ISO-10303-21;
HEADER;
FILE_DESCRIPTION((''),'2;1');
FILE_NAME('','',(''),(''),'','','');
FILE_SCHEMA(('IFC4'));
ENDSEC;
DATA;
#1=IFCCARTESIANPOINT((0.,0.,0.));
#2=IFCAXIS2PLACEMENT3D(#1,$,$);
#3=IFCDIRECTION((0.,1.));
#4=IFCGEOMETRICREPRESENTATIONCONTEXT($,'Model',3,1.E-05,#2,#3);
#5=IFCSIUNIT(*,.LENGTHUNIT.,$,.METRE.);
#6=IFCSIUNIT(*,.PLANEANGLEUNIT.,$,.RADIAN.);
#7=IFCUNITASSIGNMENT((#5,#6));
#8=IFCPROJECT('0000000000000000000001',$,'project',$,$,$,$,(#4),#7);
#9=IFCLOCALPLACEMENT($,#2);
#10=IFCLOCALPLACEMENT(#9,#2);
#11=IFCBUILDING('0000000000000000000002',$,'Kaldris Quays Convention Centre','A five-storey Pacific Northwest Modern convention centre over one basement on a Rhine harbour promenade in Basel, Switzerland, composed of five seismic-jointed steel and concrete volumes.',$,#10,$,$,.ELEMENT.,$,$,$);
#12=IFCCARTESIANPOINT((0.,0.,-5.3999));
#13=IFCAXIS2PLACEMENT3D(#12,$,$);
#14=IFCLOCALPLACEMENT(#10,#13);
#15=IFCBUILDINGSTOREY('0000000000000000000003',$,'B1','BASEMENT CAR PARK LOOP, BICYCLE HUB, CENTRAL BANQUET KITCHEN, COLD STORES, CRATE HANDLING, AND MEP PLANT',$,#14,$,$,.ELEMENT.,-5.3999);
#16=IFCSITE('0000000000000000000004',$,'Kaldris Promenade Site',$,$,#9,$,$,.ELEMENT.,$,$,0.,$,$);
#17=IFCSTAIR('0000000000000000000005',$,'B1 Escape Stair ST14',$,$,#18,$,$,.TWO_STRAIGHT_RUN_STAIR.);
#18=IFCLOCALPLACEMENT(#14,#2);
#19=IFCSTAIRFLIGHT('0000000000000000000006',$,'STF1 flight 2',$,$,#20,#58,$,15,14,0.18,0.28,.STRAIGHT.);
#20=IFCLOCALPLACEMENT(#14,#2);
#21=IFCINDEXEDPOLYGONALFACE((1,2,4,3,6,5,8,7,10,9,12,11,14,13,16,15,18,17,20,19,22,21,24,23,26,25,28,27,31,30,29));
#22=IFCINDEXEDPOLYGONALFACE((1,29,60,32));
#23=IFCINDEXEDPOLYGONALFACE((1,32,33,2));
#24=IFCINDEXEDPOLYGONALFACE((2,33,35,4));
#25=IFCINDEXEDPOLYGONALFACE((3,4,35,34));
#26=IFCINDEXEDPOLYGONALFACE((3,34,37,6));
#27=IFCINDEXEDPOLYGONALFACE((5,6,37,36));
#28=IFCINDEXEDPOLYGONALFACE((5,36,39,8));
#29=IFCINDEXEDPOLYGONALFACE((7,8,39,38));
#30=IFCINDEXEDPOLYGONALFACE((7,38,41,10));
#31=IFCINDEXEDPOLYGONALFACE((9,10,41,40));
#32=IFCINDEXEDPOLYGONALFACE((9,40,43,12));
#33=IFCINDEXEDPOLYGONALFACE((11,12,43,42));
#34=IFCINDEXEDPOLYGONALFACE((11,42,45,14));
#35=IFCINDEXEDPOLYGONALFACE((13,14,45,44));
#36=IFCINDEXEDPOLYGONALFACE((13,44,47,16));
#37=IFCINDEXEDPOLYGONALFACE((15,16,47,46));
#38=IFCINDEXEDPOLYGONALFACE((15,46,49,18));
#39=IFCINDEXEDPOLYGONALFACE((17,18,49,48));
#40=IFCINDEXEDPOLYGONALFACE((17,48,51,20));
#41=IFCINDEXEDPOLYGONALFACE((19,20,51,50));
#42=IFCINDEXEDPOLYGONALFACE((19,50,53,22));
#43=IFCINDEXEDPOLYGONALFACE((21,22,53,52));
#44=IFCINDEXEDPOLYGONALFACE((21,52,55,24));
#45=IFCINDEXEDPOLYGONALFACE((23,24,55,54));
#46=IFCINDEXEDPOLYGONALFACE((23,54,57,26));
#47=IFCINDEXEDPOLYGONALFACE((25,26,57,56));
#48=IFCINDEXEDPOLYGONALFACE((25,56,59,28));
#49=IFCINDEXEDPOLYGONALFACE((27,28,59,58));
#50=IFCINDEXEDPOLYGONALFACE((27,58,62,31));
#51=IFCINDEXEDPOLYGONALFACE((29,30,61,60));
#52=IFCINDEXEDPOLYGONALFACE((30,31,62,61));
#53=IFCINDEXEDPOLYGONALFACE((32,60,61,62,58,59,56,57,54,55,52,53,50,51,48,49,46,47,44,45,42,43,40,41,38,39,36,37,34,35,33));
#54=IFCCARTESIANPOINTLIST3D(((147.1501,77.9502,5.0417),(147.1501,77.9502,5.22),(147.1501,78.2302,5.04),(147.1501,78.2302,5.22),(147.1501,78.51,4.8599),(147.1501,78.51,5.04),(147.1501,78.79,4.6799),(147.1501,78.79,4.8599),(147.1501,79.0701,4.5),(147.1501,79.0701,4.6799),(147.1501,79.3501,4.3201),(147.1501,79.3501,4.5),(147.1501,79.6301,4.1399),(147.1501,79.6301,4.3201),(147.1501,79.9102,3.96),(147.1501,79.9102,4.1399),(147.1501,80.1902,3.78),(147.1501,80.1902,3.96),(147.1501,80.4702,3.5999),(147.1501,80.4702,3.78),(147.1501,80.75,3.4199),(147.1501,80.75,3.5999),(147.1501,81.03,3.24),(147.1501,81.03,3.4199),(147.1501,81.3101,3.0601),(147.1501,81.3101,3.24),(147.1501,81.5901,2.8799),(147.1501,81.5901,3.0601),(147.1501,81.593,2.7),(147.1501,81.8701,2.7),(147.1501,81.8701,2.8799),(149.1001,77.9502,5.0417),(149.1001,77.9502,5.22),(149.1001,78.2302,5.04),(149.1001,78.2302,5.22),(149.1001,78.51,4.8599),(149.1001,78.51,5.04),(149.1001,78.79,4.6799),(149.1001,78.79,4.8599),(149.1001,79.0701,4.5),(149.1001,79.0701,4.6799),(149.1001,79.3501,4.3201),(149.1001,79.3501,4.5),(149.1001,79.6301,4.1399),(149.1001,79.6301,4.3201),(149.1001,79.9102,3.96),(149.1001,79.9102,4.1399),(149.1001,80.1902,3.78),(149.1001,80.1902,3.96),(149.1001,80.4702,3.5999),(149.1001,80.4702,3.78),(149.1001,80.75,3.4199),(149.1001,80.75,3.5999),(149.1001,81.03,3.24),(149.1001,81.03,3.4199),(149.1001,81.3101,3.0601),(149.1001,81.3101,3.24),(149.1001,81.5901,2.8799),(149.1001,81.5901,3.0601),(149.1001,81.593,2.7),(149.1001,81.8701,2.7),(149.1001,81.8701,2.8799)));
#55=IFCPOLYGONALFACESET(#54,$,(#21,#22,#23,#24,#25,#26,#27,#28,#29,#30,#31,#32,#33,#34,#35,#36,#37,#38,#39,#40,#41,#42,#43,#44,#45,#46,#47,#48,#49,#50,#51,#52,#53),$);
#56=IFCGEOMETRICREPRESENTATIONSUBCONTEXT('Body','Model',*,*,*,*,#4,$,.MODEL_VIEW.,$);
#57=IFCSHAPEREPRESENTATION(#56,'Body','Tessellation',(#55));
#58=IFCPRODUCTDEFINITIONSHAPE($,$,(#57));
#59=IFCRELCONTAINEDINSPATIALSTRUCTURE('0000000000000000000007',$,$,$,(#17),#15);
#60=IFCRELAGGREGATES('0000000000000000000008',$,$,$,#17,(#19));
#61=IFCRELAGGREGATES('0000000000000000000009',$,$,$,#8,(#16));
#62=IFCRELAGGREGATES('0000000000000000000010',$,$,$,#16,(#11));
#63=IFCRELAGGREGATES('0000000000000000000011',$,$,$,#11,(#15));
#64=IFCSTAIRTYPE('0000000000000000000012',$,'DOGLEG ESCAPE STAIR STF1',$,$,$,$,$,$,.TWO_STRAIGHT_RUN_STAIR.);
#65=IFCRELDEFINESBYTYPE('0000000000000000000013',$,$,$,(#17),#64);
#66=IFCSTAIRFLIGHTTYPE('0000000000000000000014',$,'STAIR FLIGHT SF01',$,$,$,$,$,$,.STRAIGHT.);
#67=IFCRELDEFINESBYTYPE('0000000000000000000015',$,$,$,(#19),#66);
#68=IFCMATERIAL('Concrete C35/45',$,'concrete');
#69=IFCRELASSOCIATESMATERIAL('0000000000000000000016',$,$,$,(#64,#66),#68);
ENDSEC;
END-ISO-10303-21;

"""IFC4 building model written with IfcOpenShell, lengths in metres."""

from ifc_helpers import new_model, si_unit, direction, frame, origin, place, context, subcontext, project, spatial, polyline, outline, extrude, material, type_object, element, aggregate, save


model = new_model("IFC4")

# Units and contexts
model_context = context("Model", 3, precision=1e-05, world=origin(), true_north=direction((0.0, 1.0)))
body_context = subcontext(model_context, "Body", "Model", "MODEL_VIEW")
ifc_project = project(units=[si_unit("LENGTHUNIT", "METRE"), si_unit("PLANEANGLEUNIT", "RADIAN")], contexts=[model_context])

# Site, building, storey
site_placement = place(None, origin())
site = spatial("IfcSite", under=ifc_project, at=site_placement, Name="Kaldris Promenade Site", CompositionType="ELEMENT", RefElevation=0.0)
building_placement = place(site_placement, origin())
building = spatial("IfcBuilding", under=site, at=building_placement, Name="Kaldris Quays Convention Centre", Description="A five-storey Pacific Northwest Modern convention centre over one basement on a Rhine harbour promenade in Basel, Switzerland, composed of five seismic-jointed steel and concrete volumes.", CompositionType="ELEMENT")
storey_placement = place(building_placement, frame((0.0, 0.0, -5.3999)))
storey = spatial("IfcBuildingStorey", under=building, at=storey_placement, Name="B1", Description="BASEMENT CAR PARK LOOP, BICYCLE HUB, CENTRAL BANQUET KITCHEN, COLD STORES, CRATE HANDLING, AND MEP PLANT", CompositionType="ELEMENT", Elevation=-5.3999)

# Shared definitions
ifc_material_1 = material(Name="Concrete C35/45", Category="concrete")

# Stair, stair flight
stair_type = type_object("IfcStairType", Name="DOGLEG ESCAPE STAIR STF1", PredefinedType="TWO_STRAIGHT_RUN_STAIR", material=ifc_material_1)
stair_placement = place(storey_placement, origin())
stair = element("IfcStair", 1, at=stair_placement, inside=storey, type_object=stair_type, Name="B1 Escape Stair ST14", PredefinedType="TWO_STRAIGHT_RUN_STAIR")
stair_flight_type = type_object("IfcStairFlightType", Name="STAIR FLIGHT SF01", PredefinedType="STRAIGHT", material=ifc_material_1)
stair_flight_1_placement = place(storey_placement, frame((148.125, 81.8701, 2.7), z_axis=(0.0, 0.0, 1.0), x_axis=(0.0, -1.0, 0.0)))
stair_flight_1 = element("IfcStairFlight", 2, at=stair_flight_1_placement, type_object=stair_flight_type, Name="STF1 flight 2", NumberOfRisers=15, NumberOfTreads=14, PredefinedType="STRAIGHT", RiserHeight=0.18, TreadLength=0.28, context=body_context, shape_type="SweptSolid", body=[
    extrude(outline(polyline([(0.0, 0.0), (0.0, 0.1799), (0.28, 0.1799), (0.28, 0.3601), (0.5601, 0.3601), (0.5601, 0.54), (0.8401, 0.54), (0.8401, 0.72), (1.1201, 0.72), (1.1201, 0.8999), (1.3999, 0.8999), (1.3999, 1.0801), (1.6799, 1.0801), (1.6799, 1.26), (1.96, 1.26), (1.96, 1.4399), (2.24, 1.4399), (2.24, 1.6201), (2.52, 1.6201), (2.52, 1.8), (2.8, 1.8), (2.8, 1.98), (3.0801, 1.98), (3.0801, 2.1599), (3.3601, 2.1599), (3.3601, 2.3401), (3.6399, 2.3401), (3.6399, 2.52), (3.9199, 2.52), (3.9199, 2.7), (3.9199, 2.3418), (0.2771, 0.0), (0.0, 0.0)])), frame((0.0, 0.9751, 0.0), z_axis=(0.0, -1.0, 0.0), x_axis=(1.0, 0.0, 0.0)), (0.0, 0.0, 1.0), 1.95),
])
aggregate(stair, [stair_flight_1])

save(model, "model.ifc")
